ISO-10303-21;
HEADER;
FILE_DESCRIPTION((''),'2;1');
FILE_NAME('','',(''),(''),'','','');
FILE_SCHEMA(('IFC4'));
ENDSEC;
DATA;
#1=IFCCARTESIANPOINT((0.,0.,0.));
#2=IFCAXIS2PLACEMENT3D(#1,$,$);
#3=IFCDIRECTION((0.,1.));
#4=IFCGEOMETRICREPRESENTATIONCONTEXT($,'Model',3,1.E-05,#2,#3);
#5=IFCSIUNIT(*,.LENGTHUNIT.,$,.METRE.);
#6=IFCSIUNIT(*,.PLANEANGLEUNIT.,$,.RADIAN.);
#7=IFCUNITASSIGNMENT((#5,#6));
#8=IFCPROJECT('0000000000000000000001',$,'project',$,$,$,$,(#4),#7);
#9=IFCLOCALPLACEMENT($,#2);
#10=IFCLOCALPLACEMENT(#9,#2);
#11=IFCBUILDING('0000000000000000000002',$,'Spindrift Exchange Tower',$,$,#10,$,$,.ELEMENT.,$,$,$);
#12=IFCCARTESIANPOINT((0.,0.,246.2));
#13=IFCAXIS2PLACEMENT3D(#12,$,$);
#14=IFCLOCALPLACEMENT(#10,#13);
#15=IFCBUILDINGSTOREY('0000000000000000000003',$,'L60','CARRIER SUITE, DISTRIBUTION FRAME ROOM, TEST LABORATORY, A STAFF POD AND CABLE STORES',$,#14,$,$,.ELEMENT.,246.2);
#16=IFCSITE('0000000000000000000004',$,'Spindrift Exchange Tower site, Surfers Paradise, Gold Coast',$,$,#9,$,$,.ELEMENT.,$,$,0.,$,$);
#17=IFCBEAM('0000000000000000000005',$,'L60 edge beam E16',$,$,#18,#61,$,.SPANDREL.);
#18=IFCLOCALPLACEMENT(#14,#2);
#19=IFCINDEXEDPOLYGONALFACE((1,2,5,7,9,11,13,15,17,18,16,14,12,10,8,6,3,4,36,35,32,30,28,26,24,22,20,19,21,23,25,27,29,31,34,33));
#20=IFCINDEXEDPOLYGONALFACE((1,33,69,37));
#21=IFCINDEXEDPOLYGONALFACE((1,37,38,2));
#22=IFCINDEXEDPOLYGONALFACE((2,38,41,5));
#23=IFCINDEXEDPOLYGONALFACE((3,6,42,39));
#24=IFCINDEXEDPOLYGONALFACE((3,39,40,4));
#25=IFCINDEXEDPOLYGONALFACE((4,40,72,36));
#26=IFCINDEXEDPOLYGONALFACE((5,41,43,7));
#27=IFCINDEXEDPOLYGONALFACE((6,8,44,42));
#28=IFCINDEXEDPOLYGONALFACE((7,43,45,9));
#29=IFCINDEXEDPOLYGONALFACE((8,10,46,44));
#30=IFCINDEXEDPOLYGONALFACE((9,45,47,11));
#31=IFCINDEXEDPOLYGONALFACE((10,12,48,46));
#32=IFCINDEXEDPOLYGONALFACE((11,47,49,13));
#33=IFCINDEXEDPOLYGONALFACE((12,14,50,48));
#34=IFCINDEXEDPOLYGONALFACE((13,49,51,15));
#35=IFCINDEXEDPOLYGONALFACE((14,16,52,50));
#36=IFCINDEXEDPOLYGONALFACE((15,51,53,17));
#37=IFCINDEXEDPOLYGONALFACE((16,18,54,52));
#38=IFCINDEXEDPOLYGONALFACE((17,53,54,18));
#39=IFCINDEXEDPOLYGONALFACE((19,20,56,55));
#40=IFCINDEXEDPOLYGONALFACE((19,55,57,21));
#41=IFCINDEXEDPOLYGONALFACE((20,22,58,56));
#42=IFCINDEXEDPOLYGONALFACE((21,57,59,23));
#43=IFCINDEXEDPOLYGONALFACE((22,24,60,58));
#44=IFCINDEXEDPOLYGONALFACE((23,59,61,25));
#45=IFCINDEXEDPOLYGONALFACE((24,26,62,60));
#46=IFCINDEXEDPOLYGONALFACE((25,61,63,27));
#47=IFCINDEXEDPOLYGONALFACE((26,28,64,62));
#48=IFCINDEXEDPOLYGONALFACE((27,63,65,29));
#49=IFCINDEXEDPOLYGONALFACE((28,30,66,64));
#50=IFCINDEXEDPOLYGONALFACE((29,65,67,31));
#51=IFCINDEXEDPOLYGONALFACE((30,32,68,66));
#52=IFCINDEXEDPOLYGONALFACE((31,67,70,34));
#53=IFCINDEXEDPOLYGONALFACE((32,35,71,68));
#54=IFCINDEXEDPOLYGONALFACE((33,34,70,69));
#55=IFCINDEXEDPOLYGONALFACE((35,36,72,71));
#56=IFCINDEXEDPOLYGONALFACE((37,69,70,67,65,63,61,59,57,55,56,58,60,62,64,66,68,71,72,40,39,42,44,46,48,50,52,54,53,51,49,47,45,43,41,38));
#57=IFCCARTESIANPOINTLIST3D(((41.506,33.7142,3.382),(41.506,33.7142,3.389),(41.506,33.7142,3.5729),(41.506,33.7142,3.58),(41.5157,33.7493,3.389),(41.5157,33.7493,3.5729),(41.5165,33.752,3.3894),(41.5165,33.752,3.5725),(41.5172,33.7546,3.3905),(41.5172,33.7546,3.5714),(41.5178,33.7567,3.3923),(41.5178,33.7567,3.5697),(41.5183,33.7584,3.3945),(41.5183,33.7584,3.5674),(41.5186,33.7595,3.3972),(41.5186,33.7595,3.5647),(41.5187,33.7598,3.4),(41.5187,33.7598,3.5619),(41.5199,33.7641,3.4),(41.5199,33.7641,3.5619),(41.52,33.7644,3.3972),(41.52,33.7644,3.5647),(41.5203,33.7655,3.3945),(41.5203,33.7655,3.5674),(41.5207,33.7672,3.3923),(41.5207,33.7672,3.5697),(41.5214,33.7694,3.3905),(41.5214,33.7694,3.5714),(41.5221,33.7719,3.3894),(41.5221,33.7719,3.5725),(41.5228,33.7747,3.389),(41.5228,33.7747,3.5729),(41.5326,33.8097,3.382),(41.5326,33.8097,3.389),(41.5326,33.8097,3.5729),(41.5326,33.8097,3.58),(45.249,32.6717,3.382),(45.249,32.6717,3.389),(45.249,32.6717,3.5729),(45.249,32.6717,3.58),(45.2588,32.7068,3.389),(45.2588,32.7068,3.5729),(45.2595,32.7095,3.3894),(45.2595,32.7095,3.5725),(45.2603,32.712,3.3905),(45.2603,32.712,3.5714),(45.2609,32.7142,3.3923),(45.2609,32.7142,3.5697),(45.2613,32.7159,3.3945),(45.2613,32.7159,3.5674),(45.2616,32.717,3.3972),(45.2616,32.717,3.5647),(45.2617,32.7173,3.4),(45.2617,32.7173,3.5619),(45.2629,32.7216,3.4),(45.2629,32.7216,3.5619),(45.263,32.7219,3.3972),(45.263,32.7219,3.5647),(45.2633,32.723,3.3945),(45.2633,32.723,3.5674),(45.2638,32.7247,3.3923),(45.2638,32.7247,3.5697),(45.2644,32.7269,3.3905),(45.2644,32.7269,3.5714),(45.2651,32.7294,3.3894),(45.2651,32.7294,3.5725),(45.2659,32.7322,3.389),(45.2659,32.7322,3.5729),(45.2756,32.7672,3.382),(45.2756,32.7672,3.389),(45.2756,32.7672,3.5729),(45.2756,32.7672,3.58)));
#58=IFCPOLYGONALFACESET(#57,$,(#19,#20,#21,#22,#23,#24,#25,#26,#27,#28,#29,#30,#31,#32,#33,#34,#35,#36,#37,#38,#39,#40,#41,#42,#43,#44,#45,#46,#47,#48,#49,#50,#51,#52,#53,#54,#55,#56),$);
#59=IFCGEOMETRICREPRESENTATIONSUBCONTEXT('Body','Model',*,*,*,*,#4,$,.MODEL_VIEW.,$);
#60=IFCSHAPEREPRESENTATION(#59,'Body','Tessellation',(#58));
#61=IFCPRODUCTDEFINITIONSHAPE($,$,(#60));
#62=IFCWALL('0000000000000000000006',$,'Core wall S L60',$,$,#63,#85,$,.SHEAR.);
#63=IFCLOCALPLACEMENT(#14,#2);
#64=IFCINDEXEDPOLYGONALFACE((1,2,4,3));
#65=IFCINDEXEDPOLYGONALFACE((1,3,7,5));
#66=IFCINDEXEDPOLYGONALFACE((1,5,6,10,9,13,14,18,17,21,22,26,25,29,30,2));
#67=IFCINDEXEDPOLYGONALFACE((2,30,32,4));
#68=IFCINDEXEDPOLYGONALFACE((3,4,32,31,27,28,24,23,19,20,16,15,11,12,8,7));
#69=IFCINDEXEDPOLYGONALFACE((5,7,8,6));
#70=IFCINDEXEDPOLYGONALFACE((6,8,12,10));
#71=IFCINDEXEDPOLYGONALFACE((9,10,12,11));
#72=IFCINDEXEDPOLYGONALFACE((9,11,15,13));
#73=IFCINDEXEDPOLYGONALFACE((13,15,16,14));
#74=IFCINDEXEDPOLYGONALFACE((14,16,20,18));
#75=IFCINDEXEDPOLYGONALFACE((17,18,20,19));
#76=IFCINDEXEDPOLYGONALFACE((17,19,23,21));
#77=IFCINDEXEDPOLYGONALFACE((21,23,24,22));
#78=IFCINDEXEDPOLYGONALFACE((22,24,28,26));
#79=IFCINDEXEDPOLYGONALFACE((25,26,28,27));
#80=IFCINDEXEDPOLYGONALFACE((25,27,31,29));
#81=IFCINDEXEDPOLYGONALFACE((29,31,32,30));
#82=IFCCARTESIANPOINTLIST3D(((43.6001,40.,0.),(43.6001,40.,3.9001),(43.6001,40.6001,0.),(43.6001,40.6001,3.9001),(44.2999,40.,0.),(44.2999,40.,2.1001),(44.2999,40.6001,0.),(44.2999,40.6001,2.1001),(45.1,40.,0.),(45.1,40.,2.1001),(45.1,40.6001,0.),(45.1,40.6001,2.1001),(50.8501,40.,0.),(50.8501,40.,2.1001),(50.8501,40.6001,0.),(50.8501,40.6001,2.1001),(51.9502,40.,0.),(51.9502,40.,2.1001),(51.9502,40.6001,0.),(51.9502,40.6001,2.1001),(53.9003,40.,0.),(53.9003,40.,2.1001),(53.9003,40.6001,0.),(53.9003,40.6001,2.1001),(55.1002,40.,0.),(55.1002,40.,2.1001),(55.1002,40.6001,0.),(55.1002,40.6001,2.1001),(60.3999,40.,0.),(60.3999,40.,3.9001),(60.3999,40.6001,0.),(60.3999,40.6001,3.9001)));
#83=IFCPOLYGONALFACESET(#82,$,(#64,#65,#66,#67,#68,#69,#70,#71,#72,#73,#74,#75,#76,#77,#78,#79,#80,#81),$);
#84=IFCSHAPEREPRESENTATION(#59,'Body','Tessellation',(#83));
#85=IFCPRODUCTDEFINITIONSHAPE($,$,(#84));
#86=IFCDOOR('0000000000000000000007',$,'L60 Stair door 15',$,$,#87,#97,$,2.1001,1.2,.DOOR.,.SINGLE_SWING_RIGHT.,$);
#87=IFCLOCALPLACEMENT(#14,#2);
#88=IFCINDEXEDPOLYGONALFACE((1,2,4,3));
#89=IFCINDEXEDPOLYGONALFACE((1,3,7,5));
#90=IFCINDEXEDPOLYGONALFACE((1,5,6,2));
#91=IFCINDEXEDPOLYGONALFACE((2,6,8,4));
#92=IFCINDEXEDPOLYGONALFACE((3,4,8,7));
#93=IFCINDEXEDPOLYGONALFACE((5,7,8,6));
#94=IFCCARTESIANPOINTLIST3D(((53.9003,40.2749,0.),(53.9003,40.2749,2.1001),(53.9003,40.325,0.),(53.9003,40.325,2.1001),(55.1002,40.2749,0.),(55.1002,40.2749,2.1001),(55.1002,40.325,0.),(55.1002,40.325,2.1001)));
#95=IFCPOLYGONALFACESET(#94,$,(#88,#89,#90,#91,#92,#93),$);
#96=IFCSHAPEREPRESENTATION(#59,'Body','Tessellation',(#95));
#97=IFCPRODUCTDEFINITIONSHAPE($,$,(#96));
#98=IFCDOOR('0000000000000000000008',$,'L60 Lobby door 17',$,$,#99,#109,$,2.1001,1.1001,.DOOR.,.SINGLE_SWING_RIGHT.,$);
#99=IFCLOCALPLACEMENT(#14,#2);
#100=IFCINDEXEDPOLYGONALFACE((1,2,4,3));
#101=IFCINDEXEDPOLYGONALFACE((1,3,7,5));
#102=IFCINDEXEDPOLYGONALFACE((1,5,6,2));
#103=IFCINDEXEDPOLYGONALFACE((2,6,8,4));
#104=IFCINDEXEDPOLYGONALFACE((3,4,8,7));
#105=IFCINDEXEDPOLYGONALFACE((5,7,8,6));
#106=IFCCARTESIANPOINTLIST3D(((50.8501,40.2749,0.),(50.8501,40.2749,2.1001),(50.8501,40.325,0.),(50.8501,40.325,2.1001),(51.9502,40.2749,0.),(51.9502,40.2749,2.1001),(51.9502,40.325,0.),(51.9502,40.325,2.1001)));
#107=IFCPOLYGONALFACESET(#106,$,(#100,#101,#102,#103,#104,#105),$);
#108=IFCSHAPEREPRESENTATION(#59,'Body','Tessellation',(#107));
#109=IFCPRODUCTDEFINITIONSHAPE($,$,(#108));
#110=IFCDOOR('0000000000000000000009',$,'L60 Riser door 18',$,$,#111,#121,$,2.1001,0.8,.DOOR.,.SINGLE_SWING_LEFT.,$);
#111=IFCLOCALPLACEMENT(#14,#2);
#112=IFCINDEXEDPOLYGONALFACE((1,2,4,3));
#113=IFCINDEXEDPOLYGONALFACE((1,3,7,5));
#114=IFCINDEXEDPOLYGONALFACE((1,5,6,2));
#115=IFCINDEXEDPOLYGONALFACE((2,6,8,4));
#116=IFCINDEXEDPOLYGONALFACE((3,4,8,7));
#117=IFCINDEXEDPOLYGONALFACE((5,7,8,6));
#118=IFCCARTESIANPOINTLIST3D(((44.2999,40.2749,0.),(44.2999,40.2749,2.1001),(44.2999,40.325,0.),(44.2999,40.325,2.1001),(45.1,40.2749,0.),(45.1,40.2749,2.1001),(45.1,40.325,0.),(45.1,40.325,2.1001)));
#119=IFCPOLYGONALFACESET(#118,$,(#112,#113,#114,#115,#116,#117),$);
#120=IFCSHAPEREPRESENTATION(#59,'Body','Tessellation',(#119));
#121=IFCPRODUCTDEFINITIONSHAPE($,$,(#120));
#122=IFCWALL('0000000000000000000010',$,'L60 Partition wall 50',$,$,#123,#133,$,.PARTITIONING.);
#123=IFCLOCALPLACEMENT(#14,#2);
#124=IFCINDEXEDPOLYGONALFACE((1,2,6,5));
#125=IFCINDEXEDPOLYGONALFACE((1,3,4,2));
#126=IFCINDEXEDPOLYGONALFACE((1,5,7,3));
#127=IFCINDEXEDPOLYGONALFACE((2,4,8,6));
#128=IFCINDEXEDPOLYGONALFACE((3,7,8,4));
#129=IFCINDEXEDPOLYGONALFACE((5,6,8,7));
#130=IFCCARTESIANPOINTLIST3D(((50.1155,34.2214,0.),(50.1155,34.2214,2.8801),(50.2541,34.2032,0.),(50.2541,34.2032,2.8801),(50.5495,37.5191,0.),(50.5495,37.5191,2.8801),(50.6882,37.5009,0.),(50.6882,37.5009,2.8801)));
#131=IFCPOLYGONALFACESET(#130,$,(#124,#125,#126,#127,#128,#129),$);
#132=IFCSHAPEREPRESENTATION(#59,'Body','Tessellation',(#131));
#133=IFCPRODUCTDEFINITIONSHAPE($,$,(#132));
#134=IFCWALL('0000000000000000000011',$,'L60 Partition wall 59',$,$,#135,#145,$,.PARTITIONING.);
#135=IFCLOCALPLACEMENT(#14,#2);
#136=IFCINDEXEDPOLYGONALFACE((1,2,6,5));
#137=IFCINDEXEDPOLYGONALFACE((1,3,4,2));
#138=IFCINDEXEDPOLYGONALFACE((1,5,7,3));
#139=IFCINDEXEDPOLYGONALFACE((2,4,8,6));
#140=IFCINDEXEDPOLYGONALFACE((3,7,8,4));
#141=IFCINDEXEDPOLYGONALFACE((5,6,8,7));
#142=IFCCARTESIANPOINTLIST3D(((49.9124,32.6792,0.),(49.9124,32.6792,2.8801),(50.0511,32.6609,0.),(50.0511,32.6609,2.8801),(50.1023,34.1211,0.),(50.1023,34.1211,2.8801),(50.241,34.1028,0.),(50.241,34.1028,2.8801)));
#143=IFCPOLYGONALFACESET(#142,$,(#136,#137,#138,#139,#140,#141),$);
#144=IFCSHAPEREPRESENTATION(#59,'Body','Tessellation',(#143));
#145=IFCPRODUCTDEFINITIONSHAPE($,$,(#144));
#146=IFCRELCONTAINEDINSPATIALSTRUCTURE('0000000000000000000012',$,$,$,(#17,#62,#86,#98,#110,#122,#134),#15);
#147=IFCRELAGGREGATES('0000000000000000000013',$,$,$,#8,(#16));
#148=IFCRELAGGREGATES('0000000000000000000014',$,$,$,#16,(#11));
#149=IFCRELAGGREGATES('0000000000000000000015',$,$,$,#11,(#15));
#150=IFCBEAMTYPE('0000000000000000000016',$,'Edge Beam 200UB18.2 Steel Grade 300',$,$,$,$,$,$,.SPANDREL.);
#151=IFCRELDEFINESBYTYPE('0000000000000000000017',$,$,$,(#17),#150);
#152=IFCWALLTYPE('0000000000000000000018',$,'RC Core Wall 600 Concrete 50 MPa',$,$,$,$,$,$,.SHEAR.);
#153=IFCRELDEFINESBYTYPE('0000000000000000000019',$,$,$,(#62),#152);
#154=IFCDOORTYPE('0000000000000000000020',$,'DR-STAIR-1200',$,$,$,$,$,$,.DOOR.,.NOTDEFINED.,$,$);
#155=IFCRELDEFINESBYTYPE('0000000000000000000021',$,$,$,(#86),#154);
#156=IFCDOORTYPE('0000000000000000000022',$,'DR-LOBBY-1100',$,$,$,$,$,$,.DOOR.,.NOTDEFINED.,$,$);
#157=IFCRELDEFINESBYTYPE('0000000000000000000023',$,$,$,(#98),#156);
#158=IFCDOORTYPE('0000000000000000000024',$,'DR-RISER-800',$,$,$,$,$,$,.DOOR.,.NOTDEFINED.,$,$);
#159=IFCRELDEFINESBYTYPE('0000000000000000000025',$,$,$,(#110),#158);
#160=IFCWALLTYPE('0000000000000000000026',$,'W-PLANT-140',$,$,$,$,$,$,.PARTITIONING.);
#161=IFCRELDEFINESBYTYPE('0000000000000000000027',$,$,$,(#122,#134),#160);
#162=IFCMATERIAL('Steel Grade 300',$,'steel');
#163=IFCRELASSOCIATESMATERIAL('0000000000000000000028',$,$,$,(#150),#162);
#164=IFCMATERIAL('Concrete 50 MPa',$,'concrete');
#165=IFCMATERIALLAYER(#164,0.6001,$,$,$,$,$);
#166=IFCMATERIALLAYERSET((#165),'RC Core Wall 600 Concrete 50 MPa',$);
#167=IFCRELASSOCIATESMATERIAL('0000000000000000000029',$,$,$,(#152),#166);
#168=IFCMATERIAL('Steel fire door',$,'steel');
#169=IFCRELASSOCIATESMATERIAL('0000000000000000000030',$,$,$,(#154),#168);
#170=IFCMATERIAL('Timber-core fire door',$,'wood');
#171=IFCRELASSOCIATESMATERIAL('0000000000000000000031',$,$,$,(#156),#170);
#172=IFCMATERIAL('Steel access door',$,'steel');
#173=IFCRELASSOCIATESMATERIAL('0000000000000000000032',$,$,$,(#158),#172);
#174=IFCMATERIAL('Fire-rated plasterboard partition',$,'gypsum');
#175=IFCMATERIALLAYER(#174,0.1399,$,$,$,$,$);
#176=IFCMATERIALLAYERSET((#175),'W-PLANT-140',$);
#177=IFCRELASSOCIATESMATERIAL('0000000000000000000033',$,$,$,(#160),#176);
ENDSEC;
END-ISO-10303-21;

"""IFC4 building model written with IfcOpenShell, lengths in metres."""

from ifc_helpers import new_model, si_unit, direction, frame, frame_2d, origin, origin_2d, place, context, subcontext, project, spatial, rectangle, i_section, extrude, source, transform, mapped, material, layer, layer_set, material_profile, profile_set, type_object, element, fill, save


model = new_model("IFC4")

# Units and contexts
model_context = context("Model", 3, precision=1e-05, world=origin(), true_north=direction((0.0, 1.0)))
body_context = subcontext(model_context, "Body", "Model", "MODEL_VIEW")
ifc_project = project(units=[si_unit("LENGTHUNIT", "METRE"), si_unit("PLANEANGLEUNIT", "RADIAN")], contexts=[model_context])

# Site, building, storey
site_placement = place(None, origin())
site = spatial("IfcSite", under=ifc_project, at=site_placement, Name="Spindrift Exchange Tower site, Surfers Paradise, Gold Coast", CompositionType="ELEMENT", RefElevation=0.0)
building_placement = place(site_placement, origin())
building = spatial("IfcBuilding", under=site, at=building_placement, Name="Spindrift Exchange Tower", CompositionType="ELEMENT")
storey_placement = place(building_placement, frame((0.0, 0.0, 246.2)))
storey = spatial("IfcBuildingStorey", under=building, at=storey_placement, Name="L60", Description="CARRIER SUITE, DISTRIBUTION FRAME ROOM, TEST LABORATORY, A STAFF POD AND CABLE STORES", CompositionType="ELEMENT", Elevation=246.2)

# Beam
ifc_material_1 = material(Name="Steel Grade 300", Category="steel")
ifc_material_profile_1 = material_profile(ifc_material_1, i_section(OverallWidth=0.0991, OverallDepth=0.198, WebThickness=0.0044, FlangeThickness=0.0071, FilletRadius=0.011, at=origin_2d()), Name="200UB18.2")
ifc_profile_set_1 = profile_set([ifc_material_profile_1], Name="Steel Grade 300")
beam_type_1 = type_object("IfcBeamType", Name="Edge Beam 200UB18.2 Steel Grade 300", PredefinedType="SPANDREL", material=ifc_profile_set_1)
shared_shape_1 = source(origin(), body_context, "Body", "SweptSolid", [
    extrude(i_section(OverallWidth=0.0991, OverallDepth=0.198, WebThickness=0.0044, FlangeThickness=0.0071, FilletRadius=0.011, at=origin_2d()), origin(), (0.0, 0.0, 1.0), 3.8855),
])
beam_1_placement = place(storey_placement, frame((41.5193, 33.762, 3.481), z_axis=(0.963333, -0.268308, 0.0), x_axis=(0.268308, 0.963333, 0.0)))
element("IfcBeam", 1, at=beam_1_placement, inside=storey, type_object=beam_type_1, Name="L60 edge beam E16", PredefinedType="SPANDREL", context=body_context, shape_type="MappedRepresentation", body=[
    mapped(shared_shape_1, transform((0.0, 0.0, 0.0), scale=1.0)),
])

# Wall, openings, doors
ifc_material_2 = material(Name="Concrete 50 MPa", Category="concrete")
ifc_layer_1 = layer(ifc_material_2, 0.6001)
ifc_layer_set_1 = layer_set([ifc_layer_1], Name="RC Core Wall 600 Concrete 50 MPa")
wall_type_1 = type_object("IfcWallType", Name="RC Core Wall 600 Concrete 50 MPa", PredefinedType="SHEAR", material=ifc_layer_set_1)
wall_1_placement = place(storey_placement, frame((43.6001, 40.3, 0.0), z_axis=(0.0, 0.0, 1.0), x_axis=(1.0, 0.0, 0.0)))
wall_1 = element("IfcWall", 2, at=wall_1_placement, inside=storey, type_object=wall_type_1, Name="Core wall S L60", PredefinedType="SHEAR", context=body_context, shape_type="SweptSolid", body=[
    extrude(rectangle(XDim=16.7998, YDim=0.6001, at=frame_2d((8.3999, 0.0))), origin(), (0.0, 0.0, 1.0), 3.9001),
])
opening_1_placement = place(wall_1_placement, frame((10.3, 0.0, 0.0)))
opening_1 = element("IfcOpeningElement", 3, at=opening_1_placement, cuts=wall_1, PredefinedType="OPENING", context=body_context, shape_type="SweptSolid", body=[
    extrude(rectangle(XDim=1.2, YDim=2.1001, at=frame_2d((0.6001, 1.05))), frame((0.0, 0.3101, 0.0), z_axis=(0.0, -1.0, 0.0), x_axis=(1.0, 0.0, 0.0)), (0.0, 0.0, 1.0), 0.6201),
])
opening_2_placement = place(wall_1_placement, frame((7.25, 0.0, 0.0)))
opening_2 = element("IfcOpeningElement", 4, at=opening_2_placement, cuts=wall_1, PredefinedType="OPENING", context=body_context, shape_type="SweptSolid", body=[
    extrude(rectangle(XDim=1.1001, YDim=2.1001, at=frame_2d((0.55, 1.05))), frame((0.0, 0.3101, 0.0), z_axis=(0.0, -1.0, 0.0), x_axis=(1.0, 0.0, 0.0)), (0.0, 0.0, 1.0), 0.6201),
])
opening_3_placement = place(wall_1_placement, frame((0.7, 0.0, 0.0)))
opening_3 = element("IfcOpeningElement", 5, at=opening_3_placement, cuts=wall_1, PredefinedType="OPENING", context=body_context, shape_type="SweptSolid", body=[
    extrude(rectangle(XDim=0.8, YDim=2.1001, at=frame_2d((0.3999, 1.05))), frame((0.0, 0.3101, 0.0), z_axis=(0.0, -1.0, 0.0), x_axis=(1.0, 0.0, 0.0)), (0.0, 0.0, 1.0), 0.6201),
])
ifc_material_3 = material(Name="Steel fire door", Category="steel")
door_type_1 = type_object("IfcDoorType", Name="DR-STAIR-1200", OperationType="NOTDEFINED", PredefinedType="DOOR", material=ifc_material_3)
shared_shape_2 = source(origin(), body_context, "Body", "SweptSolid", [
    extrude(rectangle(XDim=1.2, YDim=2.1001, at=frame_2d((0.6001, 1.05))), frame((0.0, 0.0249, 0.0), z_axis=(0.0, -1.0, 0.0), x_axis=(1.0, 0.0, 0.0)), (0.0, 0.0, 1.0), 0.05),
])
door_1_placement = place(opening_1_placement, origin())
door_1 = element("IfcDoor", 6, at=door_1_placement, inside=storey, type_object=door_type_1, Name="L60 Stair door 15", OperationType="SINGLE_SWING_RIGHT", OverallHeight=2.1001, OverallWidth=1.2, PredefinedType="DOOR", context=body_context, shape_type="MappedRepresentation", body=[
    mapped(shared_shape_2, transform((0.0, 0.0, 0.0), scale=1.0)),
])
fill(opening_1, door_1)
ifc_material_4 = material(Name="Timber-core fire door", Category="wood")
door_type_2 = type_object("IfcDoorType", Name="DR-LOBBY-1100", OperationType="NOTDEFINED", PredefinedType="DOOR", material=ifc_material_4)
shared_shape_3 = source(origin(), body_context, "Body", "SweptSolid", [
    extrude(rectangle(XDim=1.1001, YDim=2.1001, at=frame_2d((0.55, 1.05))), frame((0.0, 0.0249, 0.0), z_axis=(0.0, -1.0, 0.0), x_axis=(1.0, 0.0, 0.0)), (0.0, 0.0, 1.0), 0.05),
])
door_2_placement = place(opening_2_placement, origin())
door_2 = element("IfcDoor", 7, at=door_2_placement, inside=storey, type_object=door_type_2, Name="L60 Lobby door 17", OperationType="SINGLE_SWING_RIGHT", OverallHeight=2.1001, OverallWidth=1.1001, PredefinedType="DOOR", context=body_context, shape_type="MappedRepresentation", body=[
    mapped(shared_shape_3, transform((0.0, 0.0, 0.0), scale=1.0)),
])
fill(opening_2, door_2)
ifc_material_5 = material(Name="Steel access door", Category="steel")
door_type_3 = type_object("IfcDoorType", Name="DR-RISER-800", OperationType="NOTDEFINED", PredefinedType="DOOR", material=ifc_material_5)
shared_shape_4 = source(origin(), body_context, "Body", "SweptSolid", [
    extrude(rectangle(XDim=0.8, YDim=2.1001, at=frame_2d((0.3999, 1.05))), frame((0.0, 0.0249, 0.0), z_axis=(0.0, -1.0, 0.0), x_axis=(1.0, 0.0, 0.0)), (0.0, 0.0, 1.0), 0.05),
])
door_3_placement = place(opening_3_placement, origin())
door_3 = element("IfcDoor", 8, at=door_3_placement, inside=storey, type_object=door_type_3, Name="L60 Riser door 18", OperationType="SINGLE_SWING_LEFT", OverallHeight=2.1001, OverallWidth=0.8, PredefinedType="DOOR", context=body_context, shape_type="MappedRepresentation", body=[
    mapped(shared_shape_4, transform((0.0, 0.0, 0.0), scale=1.0)),
])
fill(opening_3, door_3)

# Walls
ifc_material_6 = material(Name="Fire-rated plasterboard partition", Category="gypsum")
ifc_layer_2 = layer(ifc_material_6, 0.1399)
ifc_layer_set_2 = layer_set([ifc_layer_2], Name="W-PLANT-140")
wall_type_2 = type_object("IfcWallType", Name="W-PLANT-140", PredefinedType="PARTITIONING", material=ifc_layer_set_2)
wall_2_placement = place(storey_placement, frame((50.6189, 37.51, 0.0), z_axis=(0.0, 0.0, 1.0), x_axis=(-0.13051, -0.991447, 0.0)))
element("IfcWall", 9, at=wall_2_placement, inside=storey, type_object=wall_type_2, Name="L60 Partition wall 50", PredefinedType="PARTITIONING", context=body_context, shape_type="SweptSolid", body=[
    extrude(rectangle(XDim=3.3262, YDim=0.1399, at=frame_2d((1.6631, 0.0))), origin(), (0.0, 0.0, 1.0), 2.8801),
])
wall_3_placement = place(storey_placement, frame((50.1716, 34.1118, 0.0), z_axis=(0.0, 0.0, 1.0), x_axis=(-0.130602, -0.991435, 0.0)))
element("IfcWall", 10, at=wall_3_placement, inside=storey, type_object=wall_type_2, Name="L60 Partition wall 59", PredefinedType="PARTITIONING", context=body_context, shape_type="SweptSolid", body=[
    extrude(rectangle(XDim=1.4543, YDim=0.1399, at=frame_2d((0.7271, 0.0))), origin(), (0.0, 0.0, 1.0), 2.8801),
])

save(model, "model.ifc")
